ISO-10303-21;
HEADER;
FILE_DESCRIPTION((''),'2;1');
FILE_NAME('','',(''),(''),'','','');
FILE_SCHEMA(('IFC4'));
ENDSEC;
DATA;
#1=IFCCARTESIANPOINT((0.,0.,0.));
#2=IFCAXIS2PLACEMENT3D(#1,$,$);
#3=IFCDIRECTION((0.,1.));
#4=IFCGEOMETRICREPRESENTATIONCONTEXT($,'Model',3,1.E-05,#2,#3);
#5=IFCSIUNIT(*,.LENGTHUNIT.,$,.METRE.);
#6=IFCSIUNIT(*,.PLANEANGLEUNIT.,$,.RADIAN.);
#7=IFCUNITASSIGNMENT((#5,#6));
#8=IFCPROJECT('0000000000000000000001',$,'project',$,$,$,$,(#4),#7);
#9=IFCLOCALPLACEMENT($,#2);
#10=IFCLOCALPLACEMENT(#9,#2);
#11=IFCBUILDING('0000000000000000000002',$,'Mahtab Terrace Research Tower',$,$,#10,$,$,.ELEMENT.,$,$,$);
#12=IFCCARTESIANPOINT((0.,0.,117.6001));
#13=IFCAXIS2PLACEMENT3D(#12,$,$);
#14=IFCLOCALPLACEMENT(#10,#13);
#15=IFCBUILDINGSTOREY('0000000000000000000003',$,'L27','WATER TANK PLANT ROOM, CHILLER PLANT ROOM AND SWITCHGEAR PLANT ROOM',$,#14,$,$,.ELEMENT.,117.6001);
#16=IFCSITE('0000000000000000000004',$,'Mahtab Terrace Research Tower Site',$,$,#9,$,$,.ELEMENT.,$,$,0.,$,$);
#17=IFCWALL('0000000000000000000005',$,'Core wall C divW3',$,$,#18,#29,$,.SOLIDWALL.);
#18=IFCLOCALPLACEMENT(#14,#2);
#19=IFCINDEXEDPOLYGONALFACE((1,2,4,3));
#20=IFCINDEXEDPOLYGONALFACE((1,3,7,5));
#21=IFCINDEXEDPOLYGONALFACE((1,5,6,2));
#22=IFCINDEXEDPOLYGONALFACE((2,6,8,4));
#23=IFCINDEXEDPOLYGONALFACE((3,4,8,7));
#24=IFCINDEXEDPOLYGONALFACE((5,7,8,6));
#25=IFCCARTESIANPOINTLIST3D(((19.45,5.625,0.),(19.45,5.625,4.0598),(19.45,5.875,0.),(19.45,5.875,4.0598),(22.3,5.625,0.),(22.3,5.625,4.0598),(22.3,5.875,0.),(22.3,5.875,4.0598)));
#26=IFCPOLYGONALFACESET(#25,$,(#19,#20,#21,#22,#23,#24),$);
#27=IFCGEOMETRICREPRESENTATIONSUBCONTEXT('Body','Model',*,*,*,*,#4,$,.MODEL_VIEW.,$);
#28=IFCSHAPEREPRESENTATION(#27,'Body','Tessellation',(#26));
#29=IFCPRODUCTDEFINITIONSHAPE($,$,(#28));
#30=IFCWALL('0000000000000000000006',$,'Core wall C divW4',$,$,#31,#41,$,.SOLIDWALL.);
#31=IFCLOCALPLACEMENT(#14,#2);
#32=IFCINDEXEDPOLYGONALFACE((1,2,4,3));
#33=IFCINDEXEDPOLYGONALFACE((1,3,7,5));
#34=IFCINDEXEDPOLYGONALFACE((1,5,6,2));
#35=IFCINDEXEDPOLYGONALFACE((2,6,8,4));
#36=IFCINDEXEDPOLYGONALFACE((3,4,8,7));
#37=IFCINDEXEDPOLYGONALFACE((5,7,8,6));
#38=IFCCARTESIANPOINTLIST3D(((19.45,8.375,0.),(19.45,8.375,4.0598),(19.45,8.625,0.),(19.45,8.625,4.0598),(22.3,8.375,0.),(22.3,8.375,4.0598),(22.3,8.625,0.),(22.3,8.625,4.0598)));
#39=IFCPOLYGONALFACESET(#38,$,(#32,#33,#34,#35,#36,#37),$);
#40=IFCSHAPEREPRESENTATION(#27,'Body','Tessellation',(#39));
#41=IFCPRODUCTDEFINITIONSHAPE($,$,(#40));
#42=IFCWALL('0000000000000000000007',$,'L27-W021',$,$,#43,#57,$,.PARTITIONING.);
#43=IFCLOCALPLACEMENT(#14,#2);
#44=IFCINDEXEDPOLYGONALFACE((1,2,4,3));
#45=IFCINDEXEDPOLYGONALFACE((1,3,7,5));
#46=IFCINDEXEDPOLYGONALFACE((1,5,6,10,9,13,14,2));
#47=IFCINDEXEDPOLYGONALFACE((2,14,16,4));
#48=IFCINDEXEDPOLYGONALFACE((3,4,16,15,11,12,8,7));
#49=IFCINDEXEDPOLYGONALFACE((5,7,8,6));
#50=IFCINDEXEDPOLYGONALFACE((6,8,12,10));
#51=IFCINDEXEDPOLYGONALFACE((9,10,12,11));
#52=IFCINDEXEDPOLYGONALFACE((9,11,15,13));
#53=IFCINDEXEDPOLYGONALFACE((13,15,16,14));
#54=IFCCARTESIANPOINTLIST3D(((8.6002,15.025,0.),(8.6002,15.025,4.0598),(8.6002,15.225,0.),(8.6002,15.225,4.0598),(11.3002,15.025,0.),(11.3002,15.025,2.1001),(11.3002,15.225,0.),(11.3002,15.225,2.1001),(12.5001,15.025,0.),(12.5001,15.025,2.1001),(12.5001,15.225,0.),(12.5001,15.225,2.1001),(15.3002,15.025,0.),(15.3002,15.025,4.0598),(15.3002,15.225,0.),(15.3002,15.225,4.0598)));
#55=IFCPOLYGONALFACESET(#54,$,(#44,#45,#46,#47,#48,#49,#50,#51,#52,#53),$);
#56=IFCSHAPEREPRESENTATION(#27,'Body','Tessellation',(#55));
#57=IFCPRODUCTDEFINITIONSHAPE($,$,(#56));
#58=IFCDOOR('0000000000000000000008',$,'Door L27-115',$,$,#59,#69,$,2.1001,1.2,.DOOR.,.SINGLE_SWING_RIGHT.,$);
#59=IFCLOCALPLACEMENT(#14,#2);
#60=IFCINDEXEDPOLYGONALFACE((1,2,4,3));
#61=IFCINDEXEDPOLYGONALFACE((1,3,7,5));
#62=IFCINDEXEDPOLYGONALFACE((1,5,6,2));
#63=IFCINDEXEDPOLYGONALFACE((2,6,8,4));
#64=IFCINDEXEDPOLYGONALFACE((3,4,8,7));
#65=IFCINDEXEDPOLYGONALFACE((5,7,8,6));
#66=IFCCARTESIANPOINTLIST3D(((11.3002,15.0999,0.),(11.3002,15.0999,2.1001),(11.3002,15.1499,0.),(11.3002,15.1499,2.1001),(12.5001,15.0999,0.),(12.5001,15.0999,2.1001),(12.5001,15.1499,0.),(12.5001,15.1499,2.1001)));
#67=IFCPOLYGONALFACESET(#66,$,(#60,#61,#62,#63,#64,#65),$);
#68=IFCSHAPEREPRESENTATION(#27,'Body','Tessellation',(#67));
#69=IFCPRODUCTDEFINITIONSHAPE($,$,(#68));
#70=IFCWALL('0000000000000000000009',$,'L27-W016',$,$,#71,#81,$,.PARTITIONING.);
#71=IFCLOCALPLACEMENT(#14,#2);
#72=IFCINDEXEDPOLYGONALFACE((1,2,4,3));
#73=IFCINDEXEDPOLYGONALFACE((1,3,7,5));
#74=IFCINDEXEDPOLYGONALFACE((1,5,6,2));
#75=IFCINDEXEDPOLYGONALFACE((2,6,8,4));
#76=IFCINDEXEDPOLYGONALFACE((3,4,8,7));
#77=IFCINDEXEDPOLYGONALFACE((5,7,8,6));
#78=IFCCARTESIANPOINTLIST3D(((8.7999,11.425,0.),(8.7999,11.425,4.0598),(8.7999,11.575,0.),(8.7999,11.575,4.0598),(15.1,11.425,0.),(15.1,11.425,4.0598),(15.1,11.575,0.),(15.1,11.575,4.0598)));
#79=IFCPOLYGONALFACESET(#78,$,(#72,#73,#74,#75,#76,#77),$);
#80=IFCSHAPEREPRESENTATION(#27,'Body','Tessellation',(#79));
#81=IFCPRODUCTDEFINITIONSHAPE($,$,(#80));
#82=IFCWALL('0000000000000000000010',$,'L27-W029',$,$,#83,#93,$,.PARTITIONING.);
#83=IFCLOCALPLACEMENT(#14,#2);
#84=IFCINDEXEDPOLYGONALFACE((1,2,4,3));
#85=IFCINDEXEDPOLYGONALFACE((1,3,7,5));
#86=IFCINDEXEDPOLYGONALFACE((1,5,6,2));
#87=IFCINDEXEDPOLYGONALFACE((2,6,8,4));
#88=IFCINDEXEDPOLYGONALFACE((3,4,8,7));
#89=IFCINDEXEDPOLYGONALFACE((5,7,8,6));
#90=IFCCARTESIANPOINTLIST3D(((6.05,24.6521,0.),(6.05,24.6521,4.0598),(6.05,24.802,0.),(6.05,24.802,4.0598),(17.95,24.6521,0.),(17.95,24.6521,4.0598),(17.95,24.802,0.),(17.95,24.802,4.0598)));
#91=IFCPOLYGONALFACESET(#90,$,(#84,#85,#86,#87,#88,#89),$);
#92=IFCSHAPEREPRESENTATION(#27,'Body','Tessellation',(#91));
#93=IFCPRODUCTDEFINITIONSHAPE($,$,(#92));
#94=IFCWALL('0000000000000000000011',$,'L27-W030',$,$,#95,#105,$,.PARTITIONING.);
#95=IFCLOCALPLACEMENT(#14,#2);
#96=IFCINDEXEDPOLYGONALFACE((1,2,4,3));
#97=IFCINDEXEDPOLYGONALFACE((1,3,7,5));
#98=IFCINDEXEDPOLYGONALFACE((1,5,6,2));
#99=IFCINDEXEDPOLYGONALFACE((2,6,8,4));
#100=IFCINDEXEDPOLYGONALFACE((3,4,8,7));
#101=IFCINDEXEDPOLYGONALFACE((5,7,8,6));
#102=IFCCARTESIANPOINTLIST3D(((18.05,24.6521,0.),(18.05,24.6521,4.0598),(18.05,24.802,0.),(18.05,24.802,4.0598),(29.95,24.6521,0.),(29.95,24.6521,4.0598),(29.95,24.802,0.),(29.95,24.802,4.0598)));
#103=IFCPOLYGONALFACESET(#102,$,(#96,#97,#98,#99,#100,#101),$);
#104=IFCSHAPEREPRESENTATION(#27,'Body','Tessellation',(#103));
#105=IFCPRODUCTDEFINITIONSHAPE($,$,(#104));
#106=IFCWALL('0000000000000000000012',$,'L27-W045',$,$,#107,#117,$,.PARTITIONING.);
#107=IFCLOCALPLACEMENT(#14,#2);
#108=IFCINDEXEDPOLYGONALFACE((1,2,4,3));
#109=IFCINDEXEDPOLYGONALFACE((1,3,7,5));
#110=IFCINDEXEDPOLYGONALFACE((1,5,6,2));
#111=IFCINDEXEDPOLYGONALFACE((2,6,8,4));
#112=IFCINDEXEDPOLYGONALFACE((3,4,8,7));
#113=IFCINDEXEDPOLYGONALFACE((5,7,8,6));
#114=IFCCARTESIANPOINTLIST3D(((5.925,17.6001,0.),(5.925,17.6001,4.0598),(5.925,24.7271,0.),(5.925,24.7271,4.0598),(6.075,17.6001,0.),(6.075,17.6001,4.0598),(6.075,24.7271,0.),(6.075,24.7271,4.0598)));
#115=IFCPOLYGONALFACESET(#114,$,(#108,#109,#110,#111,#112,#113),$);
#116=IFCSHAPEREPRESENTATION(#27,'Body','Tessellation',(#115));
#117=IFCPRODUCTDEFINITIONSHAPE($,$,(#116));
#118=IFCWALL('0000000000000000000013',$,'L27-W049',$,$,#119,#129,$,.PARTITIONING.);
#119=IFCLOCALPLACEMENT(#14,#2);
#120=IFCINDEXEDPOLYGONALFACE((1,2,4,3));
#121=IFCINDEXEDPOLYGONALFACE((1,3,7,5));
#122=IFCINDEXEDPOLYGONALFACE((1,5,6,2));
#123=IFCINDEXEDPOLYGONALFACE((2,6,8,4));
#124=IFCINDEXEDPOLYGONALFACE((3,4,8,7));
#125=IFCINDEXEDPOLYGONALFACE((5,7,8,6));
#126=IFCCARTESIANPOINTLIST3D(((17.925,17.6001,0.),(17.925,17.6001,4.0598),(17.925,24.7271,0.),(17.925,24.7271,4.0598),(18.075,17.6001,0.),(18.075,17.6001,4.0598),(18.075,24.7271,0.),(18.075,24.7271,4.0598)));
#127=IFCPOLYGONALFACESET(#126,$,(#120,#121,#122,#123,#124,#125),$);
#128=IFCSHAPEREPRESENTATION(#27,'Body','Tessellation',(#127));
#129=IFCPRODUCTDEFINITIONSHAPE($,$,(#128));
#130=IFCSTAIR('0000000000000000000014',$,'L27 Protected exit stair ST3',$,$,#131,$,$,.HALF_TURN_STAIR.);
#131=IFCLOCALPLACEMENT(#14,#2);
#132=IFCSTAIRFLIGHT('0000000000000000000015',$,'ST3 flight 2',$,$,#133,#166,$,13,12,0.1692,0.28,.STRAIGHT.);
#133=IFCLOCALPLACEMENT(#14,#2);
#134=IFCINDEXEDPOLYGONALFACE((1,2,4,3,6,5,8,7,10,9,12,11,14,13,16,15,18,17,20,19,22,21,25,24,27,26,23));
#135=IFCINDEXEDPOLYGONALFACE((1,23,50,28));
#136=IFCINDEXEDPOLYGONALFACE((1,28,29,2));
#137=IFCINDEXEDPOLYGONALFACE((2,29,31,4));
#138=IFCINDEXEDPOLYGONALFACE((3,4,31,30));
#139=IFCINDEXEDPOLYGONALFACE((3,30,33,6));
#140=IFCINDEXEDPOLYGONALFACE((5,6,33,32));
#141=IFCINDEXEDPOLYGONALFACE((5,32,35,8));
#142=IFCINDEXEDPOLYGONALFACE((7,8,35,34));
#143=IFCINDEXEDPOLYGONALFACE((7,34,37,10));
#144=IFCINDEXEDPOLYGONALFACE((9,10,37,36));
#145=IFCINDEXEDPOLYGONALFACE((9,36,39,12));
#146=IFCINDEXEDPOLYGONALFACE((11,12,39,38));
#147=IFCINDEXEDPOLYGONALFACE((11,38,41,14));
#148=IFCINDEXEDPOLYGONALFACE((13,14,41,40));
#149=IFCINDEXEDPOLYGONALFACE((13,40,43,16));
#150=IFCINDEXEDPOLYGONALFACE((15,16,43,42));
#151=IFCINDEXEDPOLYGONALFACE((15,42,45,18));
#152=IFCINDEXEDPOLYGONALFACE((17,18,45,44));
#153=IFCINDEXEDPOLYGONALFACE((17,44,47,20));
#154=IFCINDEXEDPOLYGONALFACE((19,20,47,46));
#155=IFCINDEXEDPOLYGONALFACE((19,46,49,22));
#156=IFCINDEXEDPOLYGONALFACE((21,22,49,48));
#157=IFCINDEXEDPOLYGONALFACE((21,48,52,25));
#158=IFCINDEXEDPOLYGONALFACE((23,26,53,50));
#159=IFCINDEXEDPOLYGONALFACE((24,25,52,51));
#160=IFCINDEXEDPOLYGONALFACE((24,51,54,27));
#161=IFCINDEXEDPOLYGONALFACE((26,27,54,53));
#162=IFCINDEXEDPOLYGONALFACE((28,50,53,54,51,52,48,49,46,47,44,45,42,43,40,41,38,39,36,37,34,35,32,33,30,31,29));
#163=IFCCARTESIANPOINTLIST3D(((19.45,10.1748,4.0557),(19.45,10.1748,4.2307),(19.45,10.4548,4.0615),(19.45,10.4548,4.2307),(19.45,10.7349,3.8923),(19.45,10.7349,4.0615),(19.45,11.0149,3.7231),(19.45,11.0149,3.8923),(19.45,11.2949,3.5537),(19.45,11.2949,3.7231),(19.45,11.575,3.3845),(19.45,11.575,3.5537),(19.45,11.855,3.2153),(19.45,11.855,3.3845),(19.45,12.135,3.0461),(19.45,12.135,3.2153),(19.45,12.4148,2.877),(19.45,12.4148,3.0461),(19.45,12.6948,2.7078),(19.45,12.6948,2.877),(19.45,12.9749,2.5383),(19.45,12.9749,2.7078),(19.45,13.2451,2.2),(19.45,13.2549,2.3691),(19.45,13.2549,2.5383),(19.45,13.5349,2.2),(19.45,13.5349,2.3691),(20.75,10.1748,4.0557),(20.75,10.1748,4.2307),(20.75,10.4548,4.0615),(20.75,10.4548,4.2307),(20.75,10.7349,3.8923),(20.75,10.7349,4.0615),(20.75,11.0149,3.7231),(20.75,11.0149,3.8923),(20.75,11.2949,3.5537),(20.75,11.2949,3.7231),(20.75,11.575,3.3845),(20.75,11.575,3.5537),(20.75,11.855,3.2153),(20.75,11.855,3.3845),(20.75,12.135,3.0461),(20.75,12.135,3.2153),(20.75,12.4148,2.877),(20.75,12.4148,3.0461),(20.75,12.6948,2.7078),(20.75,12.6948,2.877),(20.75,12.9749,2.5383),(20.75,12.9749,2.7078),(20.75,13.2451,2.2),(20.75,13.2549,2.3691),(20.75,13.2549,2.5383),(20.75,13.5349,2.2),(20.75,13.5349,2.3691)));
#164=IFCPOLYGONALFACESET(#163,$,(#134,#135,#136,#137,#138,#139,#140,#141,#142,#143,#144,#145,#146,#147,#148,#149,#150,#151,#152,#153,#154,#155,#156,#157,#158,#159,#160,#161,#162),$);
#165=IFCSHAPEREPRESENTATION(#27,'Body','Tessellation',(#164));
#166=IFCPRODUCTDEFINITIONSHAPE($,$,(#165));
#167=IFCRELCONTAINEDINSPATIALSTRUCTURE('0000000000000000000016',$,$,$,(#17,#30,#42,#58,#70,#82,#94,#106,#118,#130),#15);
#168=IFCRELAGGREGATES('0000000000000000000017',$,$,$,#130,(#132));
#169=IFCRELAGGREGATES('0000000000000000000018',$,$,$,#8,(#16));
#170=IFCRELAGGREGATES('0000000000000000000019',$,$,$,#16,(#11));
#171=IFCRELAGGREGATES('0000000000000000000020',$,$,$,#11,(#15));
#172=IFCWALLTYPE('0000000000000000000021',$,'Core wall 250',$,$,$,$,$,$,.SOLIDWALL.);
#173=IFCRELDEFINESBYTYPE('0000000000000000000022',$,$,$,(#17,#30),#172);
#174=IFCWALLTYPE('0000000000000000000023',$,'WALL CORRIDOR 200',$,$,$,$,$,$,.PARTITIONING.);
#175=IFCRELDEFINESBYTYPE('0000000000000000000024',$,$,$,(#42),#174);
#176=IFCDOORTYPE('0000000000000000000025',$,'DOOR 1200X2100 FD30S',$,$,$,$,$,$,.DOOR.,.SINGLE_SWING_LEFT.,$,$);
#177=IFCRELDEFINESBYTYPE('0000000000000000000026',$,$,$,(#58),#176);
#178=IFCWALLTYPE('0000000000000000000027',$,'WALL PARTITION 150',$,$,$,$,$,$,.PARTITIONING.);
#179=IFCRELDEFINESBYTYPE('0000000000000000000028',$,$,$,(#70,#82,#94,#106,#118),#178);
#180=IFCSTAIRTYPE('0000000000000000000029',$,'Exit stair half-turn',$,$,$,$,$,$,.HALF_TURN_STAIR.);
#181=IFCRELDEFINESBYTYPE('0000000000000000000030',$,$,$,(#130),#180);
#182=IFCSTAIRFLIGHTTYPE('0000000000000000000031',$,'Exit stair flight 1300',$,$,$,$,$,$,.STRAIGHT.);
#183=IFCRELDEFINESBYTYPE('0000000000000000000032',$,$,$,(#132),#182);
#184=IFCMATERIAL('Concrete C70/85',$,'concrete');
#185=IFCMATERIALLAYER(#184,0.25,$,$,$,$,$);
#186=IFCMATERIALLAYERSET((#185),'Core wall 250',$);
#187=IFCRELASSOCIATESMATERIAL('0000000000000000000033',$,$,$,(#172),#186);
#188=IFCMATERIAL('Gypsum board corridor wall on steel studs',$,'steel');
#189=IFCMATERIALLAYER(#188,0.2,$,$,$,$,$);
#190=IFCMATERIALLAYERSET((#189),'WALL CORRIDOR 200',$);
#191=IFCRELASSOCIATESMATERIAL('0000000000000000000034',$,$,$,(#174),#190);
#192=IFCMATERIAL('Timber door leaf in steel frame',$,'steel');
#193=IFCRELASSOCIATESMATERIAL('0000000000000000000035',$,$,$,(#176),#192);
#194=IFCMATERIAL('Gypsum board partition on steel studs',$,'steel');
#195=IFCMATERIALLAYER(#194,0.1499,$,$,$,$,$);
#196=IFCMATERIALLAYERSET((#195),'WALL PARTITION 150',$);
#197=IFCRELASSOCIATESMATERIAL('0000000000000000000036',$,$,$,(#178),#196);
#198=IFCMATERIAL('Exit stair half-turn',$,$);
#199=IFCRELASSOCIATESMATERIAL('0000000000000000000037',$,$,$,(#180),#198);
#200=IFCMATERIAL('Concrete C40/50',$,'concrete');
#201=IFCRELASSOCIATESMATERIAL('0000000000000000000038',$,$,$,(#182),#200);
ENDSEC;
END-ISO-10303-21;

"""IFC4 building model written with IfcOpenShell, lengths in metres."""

from ifc_helpers import new_model, si_unit, direction, frame, frame_2d, origin, place, context, subcontext, project, spatial, polyline, rectangle, outline, extrude, material, layer, layer_set, type_object, element, fill, aggregate, save


model = new_model("IFC4")

# Units and contexts
model_context = context("Model", 3, precision=1e-05, world=origin(), true_north=direction((0.0, 1.0)))
body_context = subcontext(model_context, "Body", "Model", "MODEL_VIEW")
ifc_project = project(units=[si_unit("LENGTHUNIT", "METRE"), si_unit("PLANEANGLEUNIT", "RADIAN")], contexts=[model_context])

# Site, building, storey
site_placement = place(None, origin())
site = spatial("IfcSite", under=ifc_project, at=site_placement, Name="Mahtab Terrace Research Tower Site", CompositionType="ELEMENT", RefElevation=0.0)
building_placement = place(site_placement, origin())
building = spatial("IfcBuilding", under=site, at=building_placement, Name="Mahtab Terrace Research Tower", CompositionType="ELEMENT")
storey_placement = place(building_placement, frame((0.0, 0.0, 117.6001)))
storey = spatial("IfcBuildingStorey", under=building, at=storey_placement, Name="L27", Description="WATER TANK PLANT ROOM, CHILLER PLANT ROOM AND SWITCHGEAR PLANT ROOM", CompositionType="ELEMENT", Elevation=117.6001)

# Shared definitions
ifc_material_1 = material(Name="Concrete C70/85", Category="concrete")

# Shared definitions
ifc_layer_1 = layer(ifc_material_1, 0.25)
ifc_layer_set_1 = layer_set([ifc_layer_1], Name="Core wall 250")
wall_type_1 = type_object("IfcWallType", Name="Core wall 250", PredefinedType="SOLIDWALL", material=ifc_layer_set_1)

# Walls
for number, where, z_axis, x_axis, name in (
    (1, (19.45, 5.75, 0.0), (0.0, 0.0, 1.0), (1.0, 0.0, 0.0), "Core wall C divW3"),
    (2, (19.45, 8.5, 0.0), (0.0, 0.0, 1.0), (1.0, 0.0, 0.0), "Core wall C divW4"),
):
    element("IfcWall", number, at=place(storey_placement, frame(where, z_axis=z_axis, x_axis=x_axis)), inside=storey, type_object=wall_type_1, Name=name, PredefinedType="SOLIDWALL", context=body_context, shape_type="SweptSolid", body=[
        extrude(rectangle(XDim=2.8501, YDim=0.25, at=frame_2d((1.425, 0.0))), origin(), (0.0, 0.0, 1.0), 4.0598),
    ])

# Wall, opening, door
ifc_material_2 = material(Name="Gypsum board corridor wall on steel studs", Category="steel")
ifc_layer_2 = layer(ifc_material_2, 0.2)
ifc_layer_set_2 = layer_set([ifc_layer_2], Name="WALL CORRIDOR 200")
wall_type_2 = type_object("IfcWallType", Name="WALL CORRIDOR 200", PredefinedType="PARTITIONING", material=ifc_layer_set_2)
wall_1_placement = place(storey_placement, frame((8.6001, 15.125, 0.0), z_axis=(0.0, 0.0, 1.0), x_axis=(1.0, 0.0, 0.0)))
wall_1 = element("IfcWall", 3, at=wall_1_placement, inside=storey, type_object=wall_type_2, Name="L27-W021", PredefinedType="PARTITIONING", context=body_context, shape_type="SweptSolid", body=[
    extrude(rectangle(XDim=6.7, YDim=0.2, at=frame_2d((3.3501, 0.0))), origin(), (0.0, 0.0, 1.0), 4.0598),
])
opening_1_placement = place(wall_1_placement, frame((2.7, 0.0, 0.0)))
opening_1 = element("IfcOpeningElement", 4, at=opening_1_placement, cuts=wall_1, PredefinedType="OPENING", context=body_context, shape_type="SweptSolid", body=[
    extrude(rectangle(XDim=1.2, YDim=2.1001, at=frame_2d((0.6001, 1.05))), frame((0.0, 0.1099, 0.0), z_axis=(0.0, -1.0, 0.0), x_axis=(1.0, 0.0, 0.0)), (0.0, 0.0, 1.0), 0.22),
])
ifc_material_3 = material(Name="Timber door leaf in steel frame", Category="steel")
door_type_1 = type_object("IfcDoorType", Name="DOOR 1200X2100 FD30S", OperationType="SINGLE_SWING_LEFT", PredefinedType="DOOR", material=ifc_material_3)
door_1_placement = place(opening_1_placement, origin())
door_1 = element("IfcDoor", 5, at=door_1_placement, inside=storey, type_object=door_type_1, Name="Door L27-115", OperationType="SINGLE_SWING_RIGHT", OverallHeight=2.1001, OverallWidth=1.2, PredefinedType="DOOR", context=body_context, shape_type="SweptSolid", body=[
    extrude(rectangle(XDim=1.2, YDim=2.1001, at=frame_2d((0.6001, 1.05))), frame((0.0, 0.0249, 0.0), z_axis=(0.0, -1.0, 0.0), x_axis=(1.0, 0.0, 0.0)), (0.0, 0.0, 1.0), 0.05),
])
fill(opening_1, door_1)

# Walls
ifc_material_4 = material(Name="Gypsum board partition on steel studs", Category="steel")
ifc_layer_3 = layer(ifc_material_4, 0.1499)
ifc_layer_set_3 = layer_set([ifc_layer_3], Name="WALL PARTITION 150")
wall_type_3 = type_object("IfcWallType", Name="WALL PARTITION 150", PredefinedType="PARTITIONING", material=ifc_layer_set_3)
wall_2_placement = place(storey_placement, frame((8.8, 11.5, 0.0), z_axis=(0.0, 0.0, 1.0), x_axis=(1.0, 0.0, 0.0)))
element("IfcWall", 6, at=wall_2_placement, inside=storey, type_object=wall_type_3, Name="L27-W016", PredefinedType="PARTITIONING", context=body_context, shape_type="SweptSolid", body=[
    extrude(rectangle(XDim=6.3, YDim=0.1499, at=frame_2d((3.1499, 0.0))), origin(), (0.0, 0.0, 1.0), 4.0598),
])
for number, where, z_axis, x_axis, name in (
    (7, (6.05, 24.7271, 0.0), (0.0, 0.0, 1.0), (1.0, 0.0, 0.0), "L27-W029"),
    (8, (18.05, 24.7271, 0.0), (0.0, 0.0, 1.0), (1.0, 0.0, 0.0), "L27-W030"),
):
    element("IfcWall", number, at=place(storey_placement, frame(where, z_axis=z_axis, x_axis=x_axis)), inside=storey, type_object=wall_type_3, Name=name, PredefinedType="PARTITIONING", context=body_context, shape_type="SweptSolid", body=[
        extrude(rectangle(XDim=11.8999, YDim=0.1499, at=frame_2d((5.95, 0.0))), origin(), (0.0, 0.0, 1.0), 4.0598),
    ])
for number, where, z_axis, x_axis, name in (
    (9, (6.0, 17.6001, 0.0), (0.0, 0.0, 1.0), (0.0, 1.0, 0.0), "L27-W045"),
    (10, (18.0, 17.6001, 0.0), (0.0, 0.0, 1.0), (0.0, 1.0, 0.0), "L27-W049"),
):
    element("IfcWall", number, at=place(storey_placement, frame(where, z_axis=z_axis, x_axis=x_axis)), inside=storey, type_object=wall_type_3, Name=name, PredefinedType="PARTITIONING", context=body_context, shape_type="SweptSolid", body=[
        extrude(rectangle(XDim=7.127, YDim=0.1499, at=frame_2d((3.5635, 0.0))), origin(), (0.0, 0.0, 1.0), 4.0598),
    ])

# Stair, stair flight
ifc_material_5 = material(Name="Exit stair half-turn")
stair_type = type_object("IfcStairType", Name="Exit stair half-turn", PredefinedType="HALF_TURN_STAIR", material=ifc_material_5)
stair_placement = place(storey_placement, origin())
stair = element("IfcStair", 11, at=stair_placement, inside=storey, type_object=stair_type, Name="L27 Protected exit stair ST3", PredefinedType="HALF_TURN_STAIR")
ifc_material_6 = material(Name="Concrete C40/50", Category="concrete")
stair_flight_type = type_object("IfcStairFlightType", Name="Exit stair flight 1300", PredefinedType="STRAIGHT", material=ifc_material_6)
stair_flight_placement = place(storey_placement, frame((20.1001, 13.5349, 2.2), z_axis=(0.0, 0.0, 1.0), x_axis=(0.0, -1.0, 0.0)))
stair_flight = element("IfcStairFlight", 12, at=stair_flight_placement, type_object=stair_flight_type, Name="ST3 flight 2", NumberOfRisers=13, NumberOfTreads=12, PredefinedType="STRAIGHT", RiserHeight=0.1692, TreadLength=0.28, context=body_context, shape_type="SweptSolid", body=[
    extrude(outline(polyline([(0.0, 0.0), (0.0, 0.1692), (0.28, 0.1692), (0.28, 0.3384), (0.5601, 0.3384), (0.5601, 0.5078), (0.8401, 0.5078), (0.8401, 0.677), (1.1201, 0.677), (1.1201, 0.8462), (1.3999, 0.8462), (1.3999, 1.0154), (1.6799, 1.0154), (1.6799, 1.1846), (1.96, 1.1846), (1.96, 1.3538), (2.24, 1.3538), (2.24, 1.5232), (2.52, 1.5232), (2.52, 1.6924), (2.8, 1.6924), (2.8, 1.8616), (3.0801, 1.8616), (3.0801, 2.0308), (3.3601, 2.0308), (3.3601, 2.2), (3.3601, 1.8557), (0.2898, 0.0), (0.0, 0.0)])), frame((0.0, 0.6499, 0.0), z_axis=(0.0, -1.0, 0.0), x_axis=(1.0, 0.0, 0.0)), (0.0, 0.0, 1.0), 1.3),
])
aggregate(stair, [stair_flight])

save(model, "model.ifc")
